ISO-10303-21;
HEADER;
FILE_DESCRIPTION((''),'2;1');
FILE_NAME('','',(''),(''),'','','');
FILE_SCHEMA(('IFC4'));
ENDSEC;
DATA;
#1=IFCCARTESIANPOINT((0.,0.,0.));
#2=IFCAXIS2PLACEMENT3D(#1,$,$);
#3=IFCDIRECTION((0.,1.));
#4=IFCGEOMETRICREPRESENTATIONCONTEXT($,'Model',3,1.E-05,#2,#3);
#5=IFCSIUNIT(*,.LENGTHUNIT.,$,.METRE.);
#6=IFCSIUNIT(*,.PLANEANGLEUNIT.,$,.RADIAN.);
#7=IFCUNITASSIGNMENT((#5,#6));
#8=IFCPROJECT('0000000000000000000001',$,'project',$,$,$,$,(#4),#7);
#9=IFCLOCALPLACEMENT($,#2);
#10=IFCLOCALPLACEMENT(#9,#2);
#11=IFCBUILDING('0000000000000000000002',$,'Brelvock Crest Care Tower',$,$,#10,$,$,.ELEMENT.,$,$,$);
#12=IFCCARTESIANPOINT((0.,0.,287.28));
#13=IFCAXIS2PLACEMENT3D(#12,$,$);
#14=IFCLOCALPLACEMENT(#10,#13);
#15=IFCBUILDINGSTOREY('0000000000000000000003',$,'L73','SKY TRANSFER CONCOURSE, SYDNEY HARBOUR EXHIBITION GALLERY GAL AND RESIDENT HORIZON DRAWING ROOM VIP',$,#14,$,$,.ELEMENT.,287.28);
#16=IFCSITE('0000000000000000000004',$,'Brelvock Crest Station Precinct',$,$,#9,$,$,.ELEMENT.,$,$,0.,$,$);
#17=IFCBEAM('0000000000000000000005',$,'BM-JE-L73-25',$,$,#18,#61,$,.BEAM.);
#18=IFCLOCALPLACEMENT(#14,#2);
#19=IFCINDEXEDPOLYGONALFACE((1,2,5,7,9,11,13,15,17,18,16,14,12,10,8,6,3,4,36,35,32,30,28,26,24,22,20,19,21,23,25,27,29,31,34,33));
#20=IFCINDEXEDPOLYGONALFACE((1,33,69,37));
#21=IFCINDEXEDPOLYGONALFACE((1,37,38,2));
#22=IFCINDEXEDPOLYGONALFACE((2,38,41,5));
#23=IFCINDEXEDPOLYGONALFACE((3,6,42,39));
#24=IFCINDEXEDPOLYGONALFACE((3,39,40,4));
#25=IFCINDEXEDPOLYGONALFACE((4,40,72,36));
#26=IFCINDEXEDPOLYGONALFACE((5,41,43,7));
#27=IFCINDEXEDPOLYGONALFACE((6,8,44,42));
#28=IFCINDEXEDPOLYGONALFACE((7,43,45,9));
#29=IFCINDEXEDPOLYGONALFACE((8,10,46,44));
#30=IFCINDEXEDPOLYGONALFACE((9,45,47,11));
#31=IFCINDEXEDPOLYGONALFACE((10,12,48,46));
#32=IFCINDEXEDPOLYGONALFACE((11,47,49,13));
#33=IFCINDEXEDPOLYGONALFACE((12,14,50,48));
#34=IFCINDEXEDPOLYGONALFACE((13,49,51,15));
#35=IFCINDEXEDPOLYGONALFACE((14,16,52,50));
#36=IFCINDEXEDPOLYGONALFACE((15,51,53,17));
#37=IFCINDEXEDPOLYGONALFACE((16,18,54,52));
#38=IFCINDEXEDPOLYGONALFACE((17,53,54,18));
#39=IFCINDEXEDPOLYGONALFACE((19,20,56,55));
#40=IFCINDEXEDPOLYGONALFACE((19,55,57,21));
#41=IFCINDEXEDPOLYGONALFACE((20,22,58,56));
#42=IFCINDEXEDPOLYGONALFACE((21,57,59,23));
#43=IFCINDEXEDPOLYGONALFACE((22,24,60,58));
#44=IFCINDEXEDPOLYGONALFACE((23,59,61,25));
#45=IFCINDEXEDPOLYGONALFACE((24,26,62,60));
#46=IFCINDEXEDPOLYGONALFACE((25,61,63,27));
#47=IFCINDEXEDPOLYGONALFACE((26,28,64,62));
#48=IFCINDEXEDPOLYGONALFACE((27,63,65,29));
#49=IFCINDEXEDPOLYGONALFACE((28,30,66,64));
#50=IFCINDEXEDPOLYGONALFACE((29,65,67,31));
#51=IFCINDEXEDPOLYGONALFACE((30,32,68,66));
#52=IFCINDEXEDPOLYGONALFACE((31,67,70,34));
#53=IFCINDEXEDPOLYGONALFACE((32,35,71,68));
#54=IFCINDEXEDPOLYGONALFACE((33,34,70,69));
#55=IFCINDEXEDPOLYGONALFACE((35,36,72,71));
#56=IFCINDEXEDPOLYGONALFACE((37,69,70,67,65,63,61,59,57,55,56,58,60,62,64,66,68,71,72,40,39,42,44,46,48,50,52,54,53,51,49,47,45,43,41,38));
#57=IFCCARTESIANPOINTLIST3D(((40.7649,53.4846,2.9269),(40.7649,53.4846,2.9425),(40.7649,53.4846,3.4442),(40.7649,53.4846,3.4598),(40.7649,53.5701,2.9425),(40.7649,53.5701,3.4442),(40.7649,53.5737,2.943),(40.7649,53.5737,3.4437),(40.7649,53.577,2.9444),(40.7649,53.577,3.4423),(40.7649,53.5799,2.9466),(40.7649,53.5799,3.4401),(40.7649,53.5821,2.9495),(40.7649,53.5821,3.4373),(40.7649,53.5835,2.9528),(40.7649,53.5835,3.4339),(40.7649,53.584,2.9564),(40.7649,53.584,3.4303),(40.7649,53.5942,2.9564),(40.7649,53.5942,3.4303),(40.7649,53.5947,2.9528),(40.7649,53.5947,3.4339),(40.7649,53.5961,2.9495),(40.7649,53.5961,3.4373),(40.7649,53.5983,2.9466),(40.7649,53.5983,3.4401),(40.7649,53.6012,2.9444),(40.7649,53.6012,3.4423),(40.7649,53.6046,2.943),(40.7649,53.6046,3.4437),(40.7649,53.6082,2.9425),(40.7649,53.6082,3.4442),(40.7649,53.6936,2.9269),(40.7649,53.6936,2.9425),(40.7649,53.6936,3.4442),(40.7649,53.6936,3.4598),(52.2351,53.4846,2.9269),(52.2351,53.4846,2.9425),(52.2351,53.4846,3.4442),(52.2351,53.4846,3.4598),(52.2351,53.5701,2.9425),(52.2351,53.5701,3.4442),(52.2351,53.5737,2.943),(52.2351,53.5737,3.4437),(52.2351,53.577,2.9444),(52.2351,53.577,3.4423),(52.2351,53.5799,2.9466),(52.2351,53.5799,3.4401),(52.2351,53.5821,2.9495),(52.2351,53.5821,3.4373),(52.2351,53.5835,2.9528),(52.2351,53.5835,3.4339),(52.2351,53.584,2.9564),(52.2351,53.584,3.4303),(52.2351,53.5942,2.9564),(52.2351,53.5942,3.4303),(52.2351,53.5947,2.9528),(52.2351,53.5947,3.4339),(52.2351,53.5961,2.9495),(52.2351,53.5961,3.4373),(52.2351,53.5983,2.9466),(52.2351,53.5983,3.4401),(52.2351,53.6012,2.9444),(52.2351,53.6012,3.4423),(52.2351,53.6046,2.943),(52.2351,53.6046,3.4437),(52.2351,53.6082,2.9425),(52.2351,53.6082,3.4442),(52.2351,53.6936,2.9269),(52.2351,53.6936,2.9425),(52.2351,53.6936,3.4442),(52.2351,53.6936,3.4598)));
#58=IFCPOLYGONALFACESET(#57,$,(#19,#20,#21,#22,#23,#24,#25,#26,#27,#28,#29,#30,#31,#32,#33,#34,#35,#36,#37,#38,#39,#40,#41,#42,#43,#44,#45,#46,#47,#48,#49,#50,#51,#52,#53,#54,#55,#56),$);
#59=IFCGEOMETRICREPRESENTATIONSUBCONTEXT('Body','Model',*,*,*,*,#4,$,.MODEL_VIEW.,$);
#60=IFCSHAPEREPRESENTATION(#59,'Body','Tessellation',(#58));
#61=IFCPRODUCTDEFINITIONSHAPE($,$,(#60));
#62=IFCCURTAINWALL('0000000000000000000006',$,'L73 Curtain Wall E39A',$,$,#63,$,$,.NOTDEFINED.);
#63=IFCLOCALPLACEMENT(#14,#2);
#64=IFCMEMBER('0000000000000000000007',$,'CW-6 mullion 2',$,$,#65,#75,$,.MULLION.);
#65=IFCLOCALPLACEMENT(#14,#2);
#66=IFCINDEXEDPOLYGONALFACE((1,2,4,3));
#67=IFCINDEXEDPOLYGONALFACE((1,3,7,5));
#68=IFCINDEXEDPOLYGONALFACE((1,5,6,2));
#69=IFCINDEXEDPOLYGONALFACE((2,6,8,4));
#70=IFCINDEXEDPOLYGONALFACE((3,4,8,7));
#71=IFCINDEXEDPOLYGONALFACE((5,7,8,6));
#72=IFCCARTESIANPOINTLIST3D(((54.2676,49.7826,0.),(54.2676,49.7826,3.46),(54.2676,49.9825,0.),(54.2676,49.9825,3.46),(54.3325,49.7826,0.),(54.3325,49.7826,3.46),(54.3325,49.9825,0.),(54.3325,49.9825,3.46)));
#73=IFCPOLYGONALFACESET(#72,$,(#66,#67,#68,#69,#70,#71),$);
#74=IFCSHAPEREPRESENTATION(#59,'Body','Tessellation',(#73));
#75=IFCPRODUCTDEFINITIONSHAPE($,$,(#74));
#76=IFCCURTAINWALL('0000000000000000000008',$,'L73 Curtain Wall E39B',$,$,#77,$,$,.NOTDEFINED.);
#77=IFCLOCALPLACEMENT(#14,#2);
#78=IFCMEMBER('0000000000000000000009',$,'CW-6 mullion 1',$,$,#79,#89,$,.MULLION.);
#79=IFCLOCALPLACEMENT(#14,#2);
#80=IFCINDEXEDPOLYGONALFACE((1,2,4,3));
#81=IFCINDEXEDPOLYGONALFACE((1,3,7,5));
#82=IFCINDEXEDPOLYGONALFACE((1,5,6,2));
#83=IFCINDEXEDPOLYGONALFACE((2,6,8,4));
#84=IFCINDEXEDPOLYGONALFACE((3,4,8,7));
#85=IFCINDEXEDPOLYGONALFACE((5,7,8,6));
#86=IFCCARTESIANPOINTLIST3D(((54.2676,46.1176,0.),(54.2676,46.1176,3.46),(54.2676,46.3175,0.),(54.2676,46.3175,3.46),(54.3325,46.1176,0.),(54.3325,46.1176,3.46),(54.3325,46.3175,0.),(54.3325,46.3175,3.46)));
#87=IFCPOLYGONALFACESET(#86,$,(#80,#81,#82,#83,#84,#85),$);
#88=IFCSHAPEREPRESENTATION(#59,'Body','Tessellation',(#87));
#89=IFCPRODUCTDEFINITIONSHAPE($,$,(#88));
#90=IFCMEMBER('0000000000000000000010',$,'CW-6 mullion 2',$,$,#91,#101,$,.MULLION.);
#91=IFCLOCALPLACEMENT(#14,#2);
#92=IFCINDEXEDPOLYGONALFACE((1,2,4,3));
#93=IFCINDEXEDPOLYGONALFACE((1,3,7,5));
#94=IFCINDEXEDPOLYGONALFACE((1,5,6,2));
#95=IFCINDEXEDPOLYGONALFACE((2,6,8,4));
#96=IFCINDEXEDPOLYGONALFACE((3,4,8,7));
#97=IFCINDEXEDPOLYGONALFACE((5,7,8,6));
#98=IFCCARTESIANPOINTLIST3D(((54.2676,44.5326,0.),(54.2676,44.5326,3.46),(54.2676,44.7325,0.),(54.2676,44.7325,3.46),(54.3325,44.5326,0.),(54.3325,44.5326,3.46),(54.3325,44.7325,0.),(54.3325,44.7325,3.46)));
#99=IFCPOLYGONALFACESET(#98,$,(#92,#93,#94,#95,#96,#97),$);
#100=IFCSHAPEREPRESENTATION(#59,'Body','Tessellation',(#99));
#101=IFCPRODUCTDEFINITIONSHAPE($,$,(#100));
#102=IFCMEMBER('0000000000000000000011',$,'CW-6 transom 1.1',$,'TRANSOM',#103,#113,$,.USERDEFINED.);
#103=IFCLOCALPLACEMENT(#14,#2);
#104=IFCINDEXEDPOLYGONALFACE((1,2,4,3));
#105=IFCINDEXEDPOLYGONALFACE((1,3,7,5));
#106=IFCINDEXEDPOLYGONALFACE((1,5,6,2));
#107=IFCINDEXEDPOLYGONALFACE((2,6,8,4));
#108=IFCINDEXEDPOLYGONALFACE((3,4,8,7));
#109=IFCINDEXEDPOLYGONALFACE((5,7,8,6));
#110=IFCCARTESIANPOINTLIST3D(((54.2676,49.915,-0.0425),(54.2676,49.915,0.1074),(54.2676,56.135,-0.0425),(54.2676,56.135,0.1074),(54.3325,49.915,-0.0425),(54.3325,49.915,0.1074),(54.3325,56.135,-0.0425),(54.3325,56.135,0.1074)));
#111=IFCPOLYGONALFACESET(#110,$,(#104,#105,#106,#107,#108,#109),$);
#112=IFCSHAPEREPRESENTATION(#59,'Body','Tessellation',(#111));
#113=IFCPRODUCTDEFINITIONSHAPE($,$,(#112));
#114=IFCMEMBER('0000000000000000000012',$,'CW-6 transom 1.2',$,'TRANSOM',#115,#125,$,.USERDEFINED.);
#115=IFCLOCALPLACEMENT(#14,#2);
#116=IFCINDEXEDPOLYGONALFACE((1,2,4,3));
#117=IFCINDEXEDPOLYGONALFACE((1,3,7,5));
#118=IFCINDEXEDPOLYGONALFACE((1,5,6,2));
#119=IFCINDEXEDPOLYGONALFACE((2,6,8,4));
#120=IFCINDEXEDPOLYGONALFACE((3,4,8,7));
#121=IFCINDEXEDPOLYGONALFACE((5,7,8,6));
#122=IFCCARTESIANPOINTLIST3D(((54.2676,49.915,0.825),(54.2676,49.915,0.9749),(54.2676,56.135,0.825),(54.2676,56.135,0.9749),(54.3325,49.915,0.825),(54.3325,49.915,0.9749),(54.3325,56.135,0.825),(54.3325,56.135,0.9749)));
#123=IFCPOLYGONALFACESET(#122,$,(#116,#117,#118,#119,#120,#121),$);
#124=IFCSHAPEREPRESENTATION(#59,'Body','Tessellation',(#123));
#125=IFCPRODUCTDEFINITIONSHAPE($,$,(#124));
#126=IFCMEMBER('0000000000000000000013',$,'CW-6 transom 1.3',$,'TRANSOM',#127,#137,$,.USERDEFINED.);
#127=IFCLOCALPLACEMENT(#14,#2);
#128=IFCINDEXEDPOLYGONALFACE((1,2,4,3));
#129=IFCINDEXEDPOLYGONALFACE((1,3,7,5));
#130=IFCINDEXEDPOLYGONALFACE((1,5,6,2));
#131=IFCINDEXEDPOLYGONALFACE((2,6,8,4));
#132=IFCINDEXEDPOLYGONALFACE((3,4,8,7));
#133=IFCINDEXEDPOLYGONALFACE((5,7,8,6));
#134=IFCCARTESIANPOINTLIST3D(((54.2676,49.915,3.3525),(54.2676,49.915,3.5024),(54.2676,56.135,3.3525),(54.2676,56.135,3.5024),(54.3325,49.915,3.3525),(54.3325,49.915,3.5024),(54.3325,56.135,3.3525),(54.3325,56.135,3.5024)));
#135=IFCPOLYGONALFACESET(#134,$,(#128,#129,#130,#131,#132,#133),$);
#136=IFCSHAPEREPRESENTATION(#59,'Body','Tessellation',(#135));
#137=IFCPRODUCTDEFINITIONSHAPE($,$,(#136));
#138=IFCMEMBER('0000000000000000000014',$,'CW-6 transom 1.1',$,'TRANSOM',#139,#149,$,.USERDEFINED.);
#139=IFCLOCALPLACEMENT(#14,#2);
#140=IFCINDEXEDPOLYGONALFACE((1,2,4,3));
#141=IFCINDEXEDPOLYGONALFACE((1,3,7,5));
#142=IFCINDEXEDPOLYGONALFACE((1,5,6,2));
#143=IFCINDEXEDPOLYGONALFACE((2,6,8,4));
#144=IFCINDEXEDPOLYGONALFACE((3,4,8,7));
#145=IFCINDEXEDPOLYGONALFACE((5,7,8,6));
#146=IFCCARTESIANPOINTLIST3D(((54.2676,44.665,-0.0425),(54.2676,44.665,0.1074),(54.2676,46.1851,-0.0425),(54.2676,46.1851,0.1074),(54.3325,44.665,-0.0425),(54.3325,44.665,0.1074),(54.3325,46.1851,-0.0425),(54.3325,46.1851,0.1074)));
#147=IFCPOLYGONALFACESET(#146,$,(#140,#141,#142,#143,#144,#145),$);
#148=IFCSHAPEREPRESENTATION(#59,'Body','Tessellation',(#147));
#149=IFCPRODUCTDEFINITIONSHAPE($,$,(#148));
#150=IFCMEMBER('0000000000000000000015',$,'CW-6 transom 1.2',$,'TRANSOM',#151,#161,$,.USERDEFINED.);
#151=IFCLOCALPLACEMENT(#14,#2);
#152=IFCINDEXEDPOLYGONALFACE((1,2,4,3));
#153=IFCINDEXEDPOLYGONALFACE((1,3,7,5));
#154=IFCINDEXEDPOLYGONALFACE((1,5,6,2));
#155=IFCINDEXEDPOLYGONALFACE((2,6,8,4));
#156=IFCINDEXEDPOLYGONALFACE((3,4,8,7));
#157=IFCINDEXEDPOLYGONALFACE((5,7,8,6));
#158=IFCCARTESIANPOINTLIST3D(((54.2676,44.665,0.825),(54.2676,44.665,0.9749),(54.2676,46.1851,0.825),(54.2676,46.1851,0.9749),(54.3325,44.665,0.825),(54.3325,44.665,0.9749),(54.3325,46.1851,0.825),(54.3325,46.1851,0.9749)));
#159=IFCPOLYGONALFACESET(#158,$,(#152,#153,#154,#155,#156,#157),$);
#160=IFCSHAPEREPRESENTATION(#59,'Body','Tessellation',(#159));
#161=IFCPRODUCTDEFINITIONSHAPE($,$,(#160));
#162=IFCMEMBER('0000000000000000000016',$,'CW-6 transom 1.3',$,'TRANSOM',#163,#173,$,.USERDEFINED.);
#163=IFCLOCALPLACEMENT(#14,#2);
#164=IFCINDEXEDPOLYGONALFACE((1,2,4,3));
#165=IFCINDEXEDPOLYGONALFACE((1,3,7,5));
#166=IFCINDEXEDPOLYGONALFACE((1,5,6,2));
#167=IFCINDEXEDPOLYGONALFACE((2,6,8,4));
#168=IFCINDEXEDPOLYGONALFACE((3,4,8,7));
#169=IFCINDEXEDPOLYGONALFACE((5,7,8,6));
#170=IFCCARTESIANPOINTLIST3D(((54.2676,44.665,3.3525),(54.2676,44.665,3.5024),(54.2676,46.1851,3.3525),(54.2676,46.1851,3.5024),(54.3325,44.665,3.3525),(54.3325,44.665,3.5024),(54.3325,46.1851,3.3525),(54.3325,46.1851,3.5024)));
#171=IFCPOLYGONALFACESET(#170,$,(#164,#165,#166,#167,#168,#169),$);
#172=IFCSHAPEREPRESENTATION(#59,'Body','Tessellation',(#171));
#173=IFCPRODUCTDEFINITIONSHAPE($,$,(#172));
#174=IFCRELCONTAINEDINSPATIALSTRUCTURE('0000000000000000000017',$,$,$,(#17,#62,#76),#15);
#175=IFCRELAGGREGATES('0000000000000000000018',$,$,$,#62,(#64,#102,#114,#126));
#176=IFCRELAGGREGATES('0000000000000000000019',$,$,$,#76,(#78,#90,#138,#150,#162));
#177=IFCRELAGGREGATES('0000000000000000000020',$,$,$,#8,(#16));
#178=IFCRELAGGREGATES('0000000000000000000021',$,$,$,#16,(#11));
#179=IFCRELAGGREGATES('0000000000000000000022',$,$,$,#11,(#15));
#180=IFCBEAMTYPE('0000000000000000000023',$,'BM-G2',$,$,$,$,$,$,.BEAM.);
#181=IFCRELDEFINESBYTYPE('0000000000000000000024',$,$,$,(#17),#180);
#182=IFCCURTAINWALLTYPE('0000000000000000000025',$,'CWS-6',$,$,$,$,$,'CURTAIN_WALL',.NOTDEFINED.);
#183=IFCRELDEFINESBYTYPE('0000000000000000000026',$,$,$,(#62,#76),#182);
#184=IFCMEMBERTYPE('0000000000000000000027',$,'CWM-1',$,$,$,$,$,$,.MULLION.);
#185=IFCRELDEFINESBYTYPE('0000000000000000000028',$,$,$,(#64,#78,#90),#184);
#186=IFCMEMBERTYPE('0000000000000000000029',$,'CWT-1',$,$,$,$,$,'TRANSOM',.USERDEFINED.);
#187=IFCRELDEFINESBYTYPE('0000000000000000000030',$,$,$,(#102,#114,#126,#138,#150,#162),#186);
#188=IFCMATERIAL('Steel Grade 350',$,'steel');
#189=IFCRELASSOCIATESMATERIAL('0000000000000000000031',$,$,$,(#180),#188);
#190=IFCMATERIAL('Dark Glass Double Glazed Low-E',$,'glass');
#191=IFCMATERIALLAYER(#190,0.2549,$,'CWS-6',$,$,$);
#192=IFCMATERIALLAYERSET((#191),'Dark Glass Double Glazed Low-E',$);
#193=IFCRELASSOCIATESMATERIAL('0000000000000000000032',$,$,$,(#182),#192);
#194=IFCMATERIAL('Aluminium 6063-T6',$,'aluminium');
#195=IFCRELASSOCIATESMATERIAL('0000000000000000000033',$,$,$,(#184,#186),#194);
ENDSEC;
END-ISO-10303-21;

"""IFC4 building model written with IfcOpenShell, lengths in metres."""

from ifc_helpers import new_model, si_unit, direction, frame, origin, origin_2d, place, context, subcontext, project, spatial, rectangle, i_section, extrude, source, transform, mapped, material, layer, layer_set, material_profile, profile_set, type_object, element, aggregate, save


model = new_model("IFC4")

# Units and contexts
model_context = context("Model", 3, precision=1e-05, world=origin(), true_north=direction((0.0, 1.0)))
body_context = subcontext(model_context, "Body", "Model", "MODEL_VIEW")
ifc_project = project(units=[si_unit("LENGTHUNIT", "METRE"), si_unit("PLANEANGLEUNIT", "RADIAN")], contexts=[model_context])

# Site, building, storey
site_placement = place(None, origin())
site = spatial("IfcSite", under=ifc_project, at=site_placement, Name="Brelvock Crest Station Precinct", CompositionType="ELEMENT", RefElevation=0.0)
building_placement = place(site_placement, origin())
building = spatial("IfcBuilding", under=site, at=building_placement, Name="Brelvock Crest Care Tower", CompositionType="ELEMENT")
storey_placement = place(building_placement, frame((0.0, 0.0, 287.28)))
storey = spatial("IfcBuildingStorey", under=building, at=storey_placement, Name="L73", Description="SKY TRANSFER CONCOURSE, SYDNEY HARBOUR EXHIBITION GALLERY GAL AND RESIDENT HORIZON DRAWING ROOM VIP", CompositionType="ELEMENT", Elevation=287.28)

# Shared definitions
ifc_material_1 = material(Name="Steel Grade 350", Category="steel")

# Beam
ifc_material_profile_1 = material_profile(ifc_material_1, i_section(OverallWidth=0.209, OverallDepth=0.533, WebThickness=0.0103, FlangeThickness=0.0156, FilletRadius=0.0139, at=origin_2d()), Name="530UB92.4")
ifc_profile_set_1 = profile_set([ifc_material_profile_1], Name="Steel Grade 350")
beam_type_1 = type_object("IfcBeamType", Name="BM-G2", PredefinedType="BEAM", material=ifc_profile_set_1)
shared_shape_1 = source(origin(), body_context, "Body", "SweptSolid", [
    extrude(i_section(OverallWidth=0.209, OverallDepth=0.533, WebThickness=0.0103, FlangeThickness=0.0156, FilletRadius=0.0139, at=origin_2d()), origin(), (0.0, 0.0, 1.0), 11.4702),
])
for number, where, z_axis, x_axis, name in (
    (1, (40.7649, 53.5891, 3.1934), (1.0, 0.0, 0.0), (0.0, 1.0, 0.0), "BM-JE-L73-25"),
):
    element("IfcBeam", number, at=place(storey_placement, frame(where, z_axis=z_axis, x_axis=x_axis)), inside=storey, type_object=beam_type_1, Name=name, PredefinedType="BEAM", context=body_context, shape_type="MappedRepresentation", body=[
        mapped(shared_shape_1, transform((0.0, 0.0, 0.0), x_axis=(1.0, 0.0, 0.0), y_axis=(0.0, 1.0, 0.0), z_axis=(0.0, 0.0, 1.0), scale=1.0)),
    ])

# Curtain wall, member
ifc_material_2 = material(Name="Dark Glass Double Glazed Low-E", Category="glass")
ifc_layer_1 = layer(ifc_material_2, 0.2549, Name="CWS-6")
ifc_layer_set_1 = layer_set([ifc_layer_1], Name="Dark Glass Double Glazed Low-E")
curtain_wall_type = type_object("IfcCurtainWallType", Name="CWS-6", ElementType="CURTAIN_WALL", PredefinedType="NOTDEFINED", material=ifc_layer_set_1)
curtain_wall_1_placement = place(storey_placement, origin())
curtain_wall_1 = element("IfcCurtainWall", 2, at=curtain_wall_1_placement, inside=storey, type_object=curtain_wall_type, Name="L73 Curtain Wall E39A", PredefinedType="NOTDEFINED")
ifc_material_3 = material(Name="Aluminium 6063-T6", Category="aluminium")
ifc_material_profile_2 = material_profile(ifc_material_3, rectangle(XDim=0.0649, YDim=0.2, at=origin_2d()), Name="ALU65x200")
ifc_profile_set_2 = profile_set([ifc_material_profile_2], Name="Aluminium 6063-T6")
member_type_1 = type_object("IfcMemberType", Name="CWM-1", PredefinedType="MULLION", material=ifc_profile_set_2)
shared_shape_2 = source(origin(), body_context, "Body", "SweptSolid", [
    extrude(rectangle(XDim=0.0649, YDim=0.2, at=origin_2d()), origin(), (0.0, 0.0, 1.0), 3.46),
])
member_1_placement = place(storey_placement, frame((54.3, 49.8826, 0.0), z_axis=(0.0, 0.0, 1.0), x_axis=(1.0, 0.0, 0.0)))
member_1 = element("IfcMember", 3, at=member_1_placement, type_object=member_type_1, Name="CW-6 mullion 2", PredefinedType="MULLION", context=body_context, shape_type="MappedRepresentation", body=[
    mapped(shared_shape_2, transform((0.0, 0.0, 0.0), x_axis=(1.0, 0.0, 0.0), y_axis=(0.0, 1.0, 0.0), z_axis=(0.0, 0.0, 1.0), scale=1.0)),
])

# Curtain wall, members
curtain_wall_2_placement = place(storey_placement, origin())
curtain_wall_2 = element("IfcCurtainWall", 4, at=curtain_wall_2_placement, inside=storey, type_object=curtain_wall_type, Name="L73 Curtain Wall E39B", PredefinedType="NOTDEFINED")
member_2_placement = place(storey_placement, frame((54.3, 46.2175, 0.0), z_axis=(0.0, 0.0, 1.0), x_axis=(1.0, 0.0, 0.0)))
member_2 = element("IfcMember", 5, at=member_2_placement, type_object=member_type_1, Name="CW-6 mullion 1", PredefinedType="MULLION", context=body_context, shape_type="MappedRepresentation", body=[
    mapped(shared_shape_2, transform((0.0, 0.0, 0.0), x_axis=(1.0, 0.0, 0.0), y_axis=(0.0, 1.0, 0.0), z_axis=(0.0, 0.0, 1.0), scale=1.0)),
])
member_3_placement = place(storey_placement, frame((54.3, 44.6326, 0.0), z_axis=(0.0, 0.0, 1.0), x_axis=(1.0, 0.0, 0.0)))
member_3 = element("IfcMember", 6, at=member_3_placement, type_object=member_type_1, Name="CW-6 mullion 2", PredefinedType="MULLION", context=body_context, shape_type="MappedRepresentation", body=[
    mapped(shared_shape_2, transform((0.0, 0.0, 0.0), x_axis=(1.0, 0.0, 0.0), y_axis=(0.0, 1.0, 0.0), z_axis=(0.0, 0.0, 1.0), scale=1.0)),
])

# Members
ifc_material_profile_3 = material_profile(ifc_material_3, rectangle(XDim=0.0649, YDim=0.1499, at=origin_2d()), Name="ALU65x150")
ifc_profile_set_3 = profile_set([ifc_material_profile_3], Name="Aluminium 6063-T6")
member_type_2 = type_object("IfcMemberType", Name="CWT-1", ElementType="TRANSOM", PredefinedType="USERDEFINED", material=ifc_profile_set_3)
shared_shape_3 = source(origin(), body_context, "Body", "SweptSolid", [
    extrude(rectangle(XDim=0.0649, YDim=0.1499, at=origin_2d()), origin(), (0.0, 0.0, 1.0), 6.22),
])
member_4_placement = place(storey_placement, frame((54.3, 56.135, 0.0325), z_axis=(0.0, -1.0, 0.0), x_axis=(1.0, 0.0, 0.0)))
member_4 = element("IfcMember", 7, at=member_4_placement, type_object=member_type_2, Name="CW-6 transom 1.1", ObjectType="TRANSOM", PredefinedType="USERDEFINED", context=body_context, shape_type="MappedRepresentation", body=[
    mapped(shared_shape_3, transform((0.0, 0.0, 0.0), x_axis=(1.0, 0.0, 0.0), y_axis=(0.0, 1.0, 0.0), z_axis=(0.0, 0.0, 1.0), scale=1.0)),
])
member_5_placement = place(storey_placement, frame((54.3, 56.135, 0.8999), z_axis=(0.0, -1.0, 0.0), x_axis=(1.0, 0.0, 0.0)))
member_5 = element("IfcMember", 8, at=member_5_placement, type_object=member_type_2, Name="CW-6 transom 1.2", ObjectType="TRANSOM", PredefinedType="USERDEFINED", context=body_context, shape_type="MappedRepresentation", body=[
    mapped(shared_shape_3, transform((0.0, 0.0, 0.0), x_axis=(1.0, 0.0, 0.0), y_axis=(0.0, 1.0, 0.0), z_axis=(0.0, 0.0, 1.0), scale=1.0)),
])
member_6_placement = place(storey_placement, frame((54.3, 56.135, 3.4275), z_axis=(0.0, -1.0, 0.0), x_axis=(1.0, 0.0, 0.0)))
member_6 = element("IfcMember", 9, at=member_6_placement, type_object=member_type_2, Name="CW-6 transom 1.3", ObjectType="TRANSOM", PredefinedType="USERDEFINED", context=body_context, shape_type="MappedRepresentation", body=[
    mapped(shared_shape_3, transform((0.0, 0.0, 0.0), x_axis=(1.0, 0.0, 0.0), y_axis=(0.0, 1.0, 0.0), z_axis=(0.0, 0.0, 1.0), scale=1.0)),
])
shared_shape_4 = source(origin(), body_context, "Body", "SweptSolid", [
    extrude(rectangle(XDim=0.0649, YDim=0.1499, at=origin_2d()), origin(), (0.0, 0.0, 1.0), 1.52),
])
member_7_placement = place(storey_placement, frame((54.3, 46.1851, 0.0325), z_axis=(0.0, -1.0, 0.0), x_axis=(1.0, 0.0, 0.0)))
member_7 = element("IfcMember", 10, at=member_7_placement, type_object=member_type_2, Name="CW-6 transom 1.1", ObjectType="TRANSOM", PredefinedType="USERDEFINED", context=body_context, shape_type="MappedRepresentation", body=[
    mapped(shared_shape_4, transform((0.0, 0.0, 0.0), x_axis=(1.0, 0.0, 0.0), y_axis=(0.0, 1.0, 0.0), z_axis=(0.0, 0.0, 1.0), scale=1.0)),
])
member_8_placement = place(storey_placement, frame((54.3, 46.1851, 0.8999), z_axis=(0.0, -1.0, 0.0), x_axis=(1.0, 0.0, 0.0)))
member_8 = element("IfcMember", 11, at=member_8_placement, type_object=member_type_2, Name="CW-6 transom 1.2", ObjectType="TRANSOM", PredefinedType="USERDEFINED", context=body_context, shape_type="MappedRepresentation", body=[
    mapped(shared_shape_4, transform((0.0, 0.0, 0.0), x_axis=(1.0, 0.0, 0.0), y_axis=(0.0, 1.0, 0.0), z_axis=(0.0, 0.0, 1.0), scale=1.0)),
])
member_9_placement = place(storey_placement, frame((54.3, 46.1851, 3.4275), z_axis=(0.0, -1.0, 0.0), x_axis=(1.0, 0.0, 0.0)))
member_9 = element("IfcMember", 12, at=member_9_placement, type_object=member_type_2, Name="CW-6 transom 1.3", ObjectType="TRANSOM", PredefinedType="USERDEFINED", context=body_context, shape_type="MappedRepresentation", body=[
    mapped(shared_shape_4, transform((0.0, 0.0, 0.0), x_axis=(1.0, 0.0, 0.0), y_axis=(0.0, 1.0, 0.0), z_axis=(0.0, 0.0, 1.0), scale=1.0)),
])

aggregate(curtain_wall_1, [member_1, member_4, member_5, member_6])
aggregate(curtain_wall_2, [member_2, member_3, member_7, member_8, member_9])

save(model, "model.ifc")
